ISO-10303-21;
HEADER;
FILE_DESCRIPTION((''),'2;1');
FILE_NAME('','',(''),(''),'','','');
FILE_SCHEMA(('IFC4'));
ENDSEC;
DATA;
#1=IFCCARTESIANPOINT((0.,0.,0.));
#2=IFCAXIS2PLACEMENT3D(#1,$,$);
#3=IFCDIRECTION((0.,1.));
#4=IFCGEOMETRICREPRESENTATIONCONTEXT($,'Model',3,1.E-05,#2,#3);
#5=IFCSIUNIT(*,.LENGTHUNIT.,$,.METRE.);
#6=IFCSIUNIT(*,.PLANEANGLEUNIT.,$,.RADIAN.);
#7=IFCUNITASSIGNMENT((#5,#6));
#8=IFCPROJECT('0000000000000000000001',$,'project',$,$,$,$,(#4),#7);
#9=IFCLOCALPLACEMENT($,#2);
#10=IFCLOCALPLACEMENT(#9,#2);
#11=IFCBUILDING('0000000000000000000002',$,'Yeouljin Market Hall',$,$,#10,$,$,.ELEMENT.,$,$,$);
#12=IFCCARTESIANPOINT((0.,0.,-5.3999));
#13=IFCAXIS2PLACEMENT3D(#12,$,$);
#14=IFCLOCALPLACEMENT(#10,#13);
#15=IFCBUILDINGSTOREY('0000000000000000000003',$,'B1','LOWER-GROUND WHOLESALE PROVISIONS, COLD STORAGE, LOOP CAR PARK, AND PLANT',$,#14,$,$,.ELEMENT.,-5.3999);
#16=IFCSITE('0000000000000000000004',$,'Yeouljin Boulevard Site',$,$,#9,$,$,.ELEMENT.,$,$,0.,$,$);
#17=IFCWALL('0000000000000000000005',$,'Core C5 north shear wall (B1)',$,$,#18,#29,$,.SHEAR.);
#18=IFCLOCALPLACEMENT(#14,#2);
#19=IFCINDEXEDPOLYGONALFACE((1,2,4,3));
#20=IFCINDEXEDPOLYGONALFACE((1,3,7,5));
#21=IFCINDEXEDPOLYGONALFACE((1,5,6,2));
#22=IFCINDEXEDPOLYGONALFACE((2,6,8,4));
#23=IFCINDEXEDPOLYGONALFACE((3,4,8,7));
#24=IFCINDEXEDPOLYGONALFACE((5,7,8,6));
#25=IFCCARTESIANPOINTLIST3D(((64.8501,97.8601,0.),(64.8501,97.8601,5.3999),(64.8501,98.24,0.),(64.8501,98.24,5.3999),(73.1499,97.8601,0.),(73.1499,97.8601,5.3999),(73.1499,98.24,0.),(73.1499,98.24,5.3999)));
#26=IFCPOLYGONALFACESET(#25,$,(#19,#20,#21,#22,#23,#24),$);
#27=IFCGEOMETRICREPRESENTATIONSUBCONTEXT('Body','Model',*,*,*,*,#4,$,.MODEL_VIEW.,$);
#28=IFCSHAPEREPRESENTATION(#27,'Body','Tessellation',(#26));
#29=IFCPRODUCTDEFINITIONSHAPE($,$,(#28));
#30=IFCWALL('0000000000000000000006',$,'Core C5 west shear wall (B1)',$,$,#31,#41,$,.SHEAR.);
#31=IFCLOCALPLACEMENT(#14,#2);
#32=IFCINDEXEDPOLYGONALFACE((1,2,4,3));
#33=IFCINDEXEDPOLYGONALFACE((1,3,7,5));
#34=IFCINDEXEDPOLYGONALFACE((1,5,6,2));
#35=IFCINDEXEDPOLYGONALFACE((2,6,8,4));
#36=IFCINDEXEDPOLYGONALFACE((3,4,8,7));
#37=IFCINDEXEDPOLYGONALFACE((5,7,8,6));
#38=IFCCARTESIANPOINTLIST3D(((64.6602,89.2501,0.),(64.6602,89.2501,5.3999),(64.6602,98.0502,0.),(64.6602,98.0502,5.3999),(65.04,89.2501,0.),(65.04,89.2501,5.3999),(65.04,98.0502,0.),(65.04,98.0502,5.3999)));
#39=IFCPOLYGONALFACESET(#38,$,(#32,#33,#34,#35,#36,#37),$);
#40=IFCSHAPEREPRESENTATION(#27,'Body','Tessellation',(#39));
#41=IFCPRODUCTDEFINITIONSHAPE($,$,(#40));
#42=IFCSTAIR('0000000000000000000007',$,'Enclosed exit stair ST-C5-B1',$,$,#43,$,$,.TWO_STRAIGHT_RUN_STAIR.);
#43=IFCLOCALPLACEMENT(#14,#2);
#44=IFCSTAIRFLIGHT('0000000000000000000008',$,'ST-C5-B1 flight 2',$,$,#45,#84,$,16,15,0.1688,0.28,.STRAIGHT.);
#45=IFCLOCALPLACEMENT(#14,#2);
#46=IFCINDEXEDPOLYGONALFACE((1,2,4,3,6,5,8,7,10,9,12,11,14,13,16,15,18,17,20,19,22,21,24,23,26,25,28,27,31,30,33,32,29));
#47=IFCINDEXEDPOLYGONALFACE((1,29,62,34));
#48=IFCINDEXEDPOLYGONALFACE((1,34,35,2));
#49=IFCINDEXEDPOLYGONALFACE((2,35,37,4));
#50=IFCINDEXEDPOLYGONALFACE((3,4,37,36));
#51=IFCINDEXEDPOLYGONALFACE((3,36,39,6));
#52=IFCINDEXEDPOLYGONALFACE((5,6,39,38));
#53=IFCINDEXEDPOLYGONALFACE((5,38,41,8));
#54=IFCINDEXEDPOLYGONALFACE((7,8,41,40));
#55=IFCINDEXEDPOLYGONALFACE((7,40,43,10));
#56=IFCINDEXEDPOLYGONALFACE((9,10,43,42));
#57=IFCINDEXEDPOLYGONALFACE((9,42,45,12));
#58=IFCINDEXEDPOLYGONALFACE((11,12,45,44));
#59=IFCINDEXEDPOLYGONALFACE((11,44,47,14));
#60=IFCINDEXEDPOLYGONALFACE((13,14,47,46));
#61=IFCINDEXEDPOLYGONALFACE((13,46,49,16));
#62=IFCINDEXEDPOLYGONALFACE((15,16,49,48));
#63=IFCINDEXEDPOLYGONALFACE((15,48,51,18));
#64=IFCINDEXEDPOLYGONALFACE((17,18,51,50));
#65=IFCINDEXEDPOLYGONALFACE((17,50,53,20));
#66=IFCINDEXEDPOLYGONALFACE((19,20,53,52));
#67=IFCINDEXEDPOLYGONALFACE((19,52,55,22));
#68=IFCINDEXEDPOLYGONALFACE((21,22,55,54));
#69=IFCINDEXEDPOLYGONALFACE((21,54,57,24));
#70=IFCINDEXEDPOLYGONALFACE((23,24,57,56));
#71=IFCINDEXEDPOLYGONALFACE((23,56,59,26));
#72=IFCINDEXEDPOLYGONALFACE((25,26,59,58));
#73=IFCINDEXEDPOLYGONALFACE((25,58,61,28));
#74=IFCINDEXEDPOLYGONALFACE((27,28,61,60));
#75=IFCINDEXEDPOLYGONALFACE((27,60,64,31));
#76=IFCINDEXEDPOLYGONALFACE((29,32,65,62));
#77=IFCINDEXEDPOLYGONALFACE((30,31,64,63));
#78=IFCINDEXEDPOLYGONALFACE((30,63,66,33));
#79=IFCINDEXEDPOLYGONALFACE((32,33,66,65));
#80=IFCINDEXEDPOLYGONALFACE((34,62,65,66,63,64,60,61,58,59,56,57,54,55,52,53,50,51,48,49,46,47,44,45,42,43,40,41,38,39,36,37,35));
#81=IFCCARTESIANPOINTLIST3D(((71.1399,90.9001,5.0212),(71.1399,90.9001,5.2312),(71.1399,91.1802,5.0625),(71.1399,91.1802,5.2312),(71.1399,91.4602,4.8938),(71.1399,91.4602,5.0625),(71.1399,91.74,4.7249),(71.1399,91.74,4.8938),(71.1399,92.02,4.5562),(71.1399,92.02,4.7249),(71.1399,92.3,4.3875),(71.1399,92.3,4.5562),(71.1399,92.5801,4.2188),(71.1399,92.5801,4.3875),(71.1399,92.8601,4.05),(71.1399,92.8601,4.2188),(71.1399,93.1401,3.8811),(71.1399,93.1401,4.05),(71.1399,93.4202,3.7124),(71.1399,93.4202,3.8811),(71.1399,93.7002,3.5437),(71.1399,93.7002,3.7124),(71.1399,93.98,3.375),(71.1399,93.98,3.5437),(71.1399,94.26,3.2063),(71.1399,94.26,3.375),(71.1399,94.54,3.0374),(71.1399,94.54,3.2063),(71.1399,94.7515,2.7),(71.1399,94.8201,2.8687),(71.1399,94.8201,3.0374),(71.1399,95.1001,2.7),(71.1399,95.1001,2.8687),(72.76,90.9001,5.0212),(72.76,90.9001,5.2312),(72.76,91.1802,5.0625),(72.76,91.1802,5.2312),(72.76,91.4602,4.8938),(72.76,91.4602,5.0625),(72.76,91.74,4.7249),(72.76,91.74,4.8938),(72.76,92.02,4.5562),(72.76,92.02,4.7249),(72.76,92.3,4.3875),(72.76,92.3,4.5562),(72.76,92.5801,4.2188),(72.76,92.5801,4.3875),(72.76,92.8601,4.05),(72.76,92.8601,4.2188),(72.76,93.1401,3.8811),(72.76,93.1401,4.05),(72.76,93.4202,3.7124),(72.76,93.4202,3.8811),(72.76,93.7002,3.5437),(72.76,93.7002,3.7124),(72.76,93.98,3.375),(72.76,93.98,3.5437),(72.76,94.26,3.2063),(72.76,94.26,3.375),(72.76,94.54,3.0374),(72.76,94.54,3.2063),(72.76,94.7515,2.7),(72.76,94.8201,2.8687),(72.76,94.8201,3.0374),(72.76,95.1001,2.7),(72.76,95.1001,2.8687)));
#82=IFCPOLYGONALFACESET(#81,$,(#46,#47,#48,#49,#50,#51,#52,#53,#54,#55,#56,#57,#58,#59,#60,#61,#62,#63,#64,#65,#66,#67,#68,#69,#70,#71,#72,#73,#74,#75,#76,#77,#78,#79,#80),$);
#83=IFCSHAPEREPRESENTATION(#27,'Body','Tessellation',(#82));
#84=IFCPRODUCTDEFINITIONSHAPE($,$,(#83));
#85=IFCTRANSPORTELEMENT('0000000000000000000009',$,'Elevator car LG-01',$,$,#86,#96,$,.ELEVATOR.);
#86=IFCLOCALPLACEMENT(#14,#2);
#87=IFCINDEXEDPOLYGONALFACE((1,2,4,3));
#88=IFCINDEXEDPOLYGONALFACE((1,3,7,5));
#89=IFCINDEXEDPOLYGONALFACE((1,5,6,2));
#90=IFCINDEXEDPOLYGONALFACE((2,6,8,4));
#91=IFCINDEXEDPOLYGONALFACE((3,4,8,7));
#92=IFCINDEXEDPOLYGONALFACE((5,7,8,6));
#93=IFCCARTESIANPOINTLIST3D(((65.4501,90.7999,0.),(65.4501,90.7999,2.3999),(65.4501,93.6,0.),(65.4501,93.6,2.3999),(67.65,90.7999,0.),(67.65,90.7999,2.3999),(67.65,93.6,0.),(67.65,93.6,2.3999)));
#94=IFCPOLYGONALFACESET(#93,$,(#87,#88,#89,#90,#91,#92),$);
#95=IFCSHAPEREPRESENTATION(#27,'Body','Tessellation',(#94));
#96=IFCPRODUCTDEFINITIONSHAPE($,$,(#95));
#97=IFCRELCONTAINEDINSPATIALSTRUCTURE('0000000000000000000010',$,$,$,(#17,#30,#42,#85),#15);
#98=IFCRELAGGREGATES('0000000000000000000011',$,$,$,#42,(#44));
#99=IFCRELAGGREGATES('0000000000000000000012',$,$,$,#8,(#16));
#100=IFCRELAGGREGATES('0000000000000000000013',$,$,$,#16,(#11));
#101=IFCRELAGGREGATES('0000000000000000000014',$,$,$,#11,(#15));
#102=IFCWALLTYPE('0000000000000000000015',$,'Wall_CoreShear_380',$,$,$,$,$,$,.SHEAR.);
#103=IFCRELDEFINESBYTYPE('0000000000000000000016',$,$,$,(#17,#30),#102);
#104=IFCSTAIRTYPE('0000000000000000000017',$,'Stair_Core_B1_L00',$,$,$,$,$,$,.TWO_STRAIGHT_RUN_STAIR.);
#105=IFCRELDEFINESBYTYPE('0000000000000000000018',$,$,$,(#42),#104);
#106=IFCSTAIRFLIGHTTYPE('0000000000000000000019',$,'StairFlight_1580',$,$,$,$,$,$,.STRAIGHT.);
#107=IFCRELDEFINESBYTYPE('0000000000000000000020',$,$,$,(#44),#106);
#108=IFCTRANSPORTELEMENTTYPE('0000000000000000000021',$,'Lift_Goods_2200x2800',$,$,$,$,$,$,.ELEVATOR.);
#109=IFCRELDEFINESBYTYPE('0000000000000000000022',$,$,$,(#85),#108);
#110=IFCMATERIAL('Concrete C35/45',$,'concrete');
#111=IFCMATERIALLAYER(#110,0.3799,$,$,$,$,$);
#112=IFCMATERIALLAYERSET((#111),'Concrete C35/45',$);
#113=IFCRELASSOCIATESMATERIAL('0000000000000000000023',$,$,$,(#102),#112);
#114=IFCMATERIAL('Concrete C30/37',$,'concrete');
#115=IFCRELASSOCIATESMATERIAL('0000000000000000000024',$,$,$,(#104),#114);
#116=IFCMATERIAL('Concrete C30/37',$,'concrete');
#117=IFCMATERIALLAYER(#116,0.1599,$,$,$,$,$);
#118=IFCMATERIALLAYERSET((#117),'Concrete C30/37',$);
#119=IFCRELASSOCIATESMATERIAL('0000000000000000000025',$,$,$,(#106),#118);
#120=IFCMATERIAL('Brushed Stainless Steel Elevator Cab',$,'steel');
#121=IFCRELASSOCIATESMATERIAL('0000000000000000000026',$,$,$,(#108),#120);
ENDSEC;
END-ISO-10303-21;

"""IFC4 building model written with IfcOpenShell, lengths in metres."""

from ifc_helpers import new_model, si_unit, direction, frame, frame_2d, origin, origin_2d, place, context, subcontext, project, spatial, polyline, rectangle, outline, extrude, material, layer, layer_set, type_object, element, aggregate, save


model = new_model("IFC4")

# Units and contexts
model_context = context("Model", 3, precision=1e-05, world=origin(), true_north=direction((0.0, 1.0)))
body_context = subcontext(model_context, "Body", "Model", "MODEL_VIEW")
ifc_project = project(units=[si_unit("LENGTHUNIT", "METRE"), si_unit("PLANEANGLEUNIT", "RADIAN")], contexts=[model_context])

# Site, building, storey
site_placement = place(None, origin())
site = spatial("IfcSite", under=ifc_project, at=site_placement, Name="Yeouljin Boulevard Site", CompositionType="ELEMENT", RefElevation=0.0)
building_placement = place(site_placement, origin())
building = spatial("IfcBuilding", under=site, at=building_placement, Name="Yeouljin Market Hall", CompositionType="ELEMENT")
storey_placement = place(building_placement, frame((0.0, 0.0, -5.3999)))
storey = spatial("IfcBuildingStorey", under=building, at=storey_placement, Name="B1", Description="LOWER-GROUND WHOLESALE PROVISIONS, COLD STORAGE, LOOP CAR PARK, AND PLANT", CompositionType="ELEMENT", Elevation=-5.3999)

# Walls
ifc_material_1 = material(Name="Concrete C35/45", Category="concrete")
ifc_layer_1 = layer(ifc_material_1, 0.3799)
ifc_layer_set_1 = layer_set([ifc_layer_1], Name="Concrete C35/45")
wall_type_1 = type_object("IfcWallType", Name="Wall_CoreShear_380", PredefinedType="SHEAR", material=ifc_layer_set_1)
wall_1_placement = place(storey_placement, frame((73.1499, 98.05, 0.0), z_axis=(0.0, 0.0, 1.0), x_axis=(-1.0, 0.0, 0.0)))
element("IfcWall", 1, at=wall_1_placement, inside=storey, type_object=wall_type_1, Name="Core C5 north shear wall (B1)", PredefinedType="SHEAR", context=body_context, shape_type="SweptSolid", body=[
    extrude(rectangle(XDim=8.2998, YDim=0.3799, at=frame_2d((4.1499, 0.0))), origin(), (0.0, 0.0, 1.0), 5.3999),
])
wall_2_placement = place(storey_placement, frame((64.8501, 98.05, 0.0), z_axis=(0.0, 0.0, 1.0), x_axis=(0.0, -1.0, 0.0)))
element("IfcWall", 2, at=wall_2_placement, inside=storey, type_object=wall_type_1, Name="Core C5 west shear wall (B1)", PredefinedType="SHEAR", context=body_context, shape_type="SweptSolid", body=[
    extrude(rectangle(XDim=8.8, YDim=0.3799, at=frame_2d((4.3999, 0.0))), origin(), (0.0, 0.0, 1.0), 5.3999),
])

# Stair, stair flight
ifc_material_2 = material(Name="Concrete C30/37", Category="concrete")
stair_type = type_object("IfcStairType", Name="Stair_Core_B1_L00", PredefinedType="TWO_STRAIGHT_RUN_STAIR", material=ifc_material_2)
stair_placement = place(storey_placement, origin())
stair = element("IfcStair", 3, at=stair_placement, inside=storey, type_object=stair_type, Name="Enclosed exit stair ST-C5-B1", PredefinedType="TWO_STRAIGHT_RUN_STAIR")
ifc_material_3 = material(Name="Concrete C30/37", Category="concrete")
ifc_layer_2 = layer(ifc_material_3, 0.1599)
ifc_layer_set_2 = layer_set([ifc_layer_2], Name="Concrete C30/37")
stair_flight_type = type_object("IfcStairFlightType", Name="StairFlight_1580", PredefinedType="STRAIGHT", material=ifc_layer_set_2)
stair_flight_placement = place(storey_placement, frame((71.95, 95.1001, 2.7), z_axis=(0.0, 0.0, 1.0), x_axis=(0.0, -1.0, 0.0)))
stair_flight = element("IfcStairFlight", 4, at=stair_flight_placement, type_object=stair_flight_type, Name="ST-C5-B1 flight 2", NumberOfRisers=16, NumberOfTreads=15, PredefinedType="STRAIGHT", RiserHeight=0.1688, TreadLength=0.28, context=body_context, shape_type="SweptSolid", body=[
    extrude(outline(polyline([(0.0, 0.0), (0.0, 0.1687), (0.28, 0.1687), (0.28, 0.3374), (0.5601, 0.3374), (0.5601, 0.5063), (0.8401, 0.5063), (0.8401, 0.675), (1.1201, 0.675), (1.1201, 0.8438), (1.3999, 0.8438), (1.3999, 1.0125), (1.6799, 1.0125), (1.6799, 1.1812), (1.96, 1.1812), (1.96, 1.3501), (2.24, 1.3501), (2.24, 1.5188), (2.52, 1.5188), (2.52, 1.6875), (2.8, 1.6875), (2.8, 1.8562), (3.0801, 1.8562), (3.0801, 2.0249), (3.3601, 2.0249), (3.3601, 2.1938), (3.6399, 2.1938), (3.6399, 2.3625), (3.9199, 2.3625), (3.9199, 2.5312), (4.2, 2.5312), (4.2, 2.7), (4.2, 2.3213), (0.3486, 0.0), (0.0, 0.0)])), frame((0.0, 0.8101, 0.0), z_axis=(0.0, -1.0, 0.0), x_axis=(1.0, 0.0, 0.0)), (0.0, 0.0, 1.0), 1.6201),
])
aggregate(stair, [stair_flight])

# Transport element
ifc_material_4 = material(Name="Brushed Stainless Steel Elevator Cab", Category="steel")
transport_element_type = type_object("IfcTransportElementType", Name="Lift_Goods_2200x2800", PredefinedType="ELEVATOR", material=ifc_material_4)
transport_element_placement = place(storey_placement, frame((66.55, 92.2, 0.0), z_axis=(0.0, 0.0, 1.0), x_axis=(1.0, 0.0, 0.0)))
element("IfcTransportElement", 5, at=transport_element_placement, inside=storey, type_object=transport_element_type, Name="Elevator car LG-01", PredefinedType="ELEVATOR", context=body_context, shape_type="SweptSolid", body=[
    extrude(rectangle(XDim=2.2, YDim=2.8, at=origin_2d()), origin(), (0.0, 0.0, 1.0), 2.3999),
])

save(model, "model.ifc")
